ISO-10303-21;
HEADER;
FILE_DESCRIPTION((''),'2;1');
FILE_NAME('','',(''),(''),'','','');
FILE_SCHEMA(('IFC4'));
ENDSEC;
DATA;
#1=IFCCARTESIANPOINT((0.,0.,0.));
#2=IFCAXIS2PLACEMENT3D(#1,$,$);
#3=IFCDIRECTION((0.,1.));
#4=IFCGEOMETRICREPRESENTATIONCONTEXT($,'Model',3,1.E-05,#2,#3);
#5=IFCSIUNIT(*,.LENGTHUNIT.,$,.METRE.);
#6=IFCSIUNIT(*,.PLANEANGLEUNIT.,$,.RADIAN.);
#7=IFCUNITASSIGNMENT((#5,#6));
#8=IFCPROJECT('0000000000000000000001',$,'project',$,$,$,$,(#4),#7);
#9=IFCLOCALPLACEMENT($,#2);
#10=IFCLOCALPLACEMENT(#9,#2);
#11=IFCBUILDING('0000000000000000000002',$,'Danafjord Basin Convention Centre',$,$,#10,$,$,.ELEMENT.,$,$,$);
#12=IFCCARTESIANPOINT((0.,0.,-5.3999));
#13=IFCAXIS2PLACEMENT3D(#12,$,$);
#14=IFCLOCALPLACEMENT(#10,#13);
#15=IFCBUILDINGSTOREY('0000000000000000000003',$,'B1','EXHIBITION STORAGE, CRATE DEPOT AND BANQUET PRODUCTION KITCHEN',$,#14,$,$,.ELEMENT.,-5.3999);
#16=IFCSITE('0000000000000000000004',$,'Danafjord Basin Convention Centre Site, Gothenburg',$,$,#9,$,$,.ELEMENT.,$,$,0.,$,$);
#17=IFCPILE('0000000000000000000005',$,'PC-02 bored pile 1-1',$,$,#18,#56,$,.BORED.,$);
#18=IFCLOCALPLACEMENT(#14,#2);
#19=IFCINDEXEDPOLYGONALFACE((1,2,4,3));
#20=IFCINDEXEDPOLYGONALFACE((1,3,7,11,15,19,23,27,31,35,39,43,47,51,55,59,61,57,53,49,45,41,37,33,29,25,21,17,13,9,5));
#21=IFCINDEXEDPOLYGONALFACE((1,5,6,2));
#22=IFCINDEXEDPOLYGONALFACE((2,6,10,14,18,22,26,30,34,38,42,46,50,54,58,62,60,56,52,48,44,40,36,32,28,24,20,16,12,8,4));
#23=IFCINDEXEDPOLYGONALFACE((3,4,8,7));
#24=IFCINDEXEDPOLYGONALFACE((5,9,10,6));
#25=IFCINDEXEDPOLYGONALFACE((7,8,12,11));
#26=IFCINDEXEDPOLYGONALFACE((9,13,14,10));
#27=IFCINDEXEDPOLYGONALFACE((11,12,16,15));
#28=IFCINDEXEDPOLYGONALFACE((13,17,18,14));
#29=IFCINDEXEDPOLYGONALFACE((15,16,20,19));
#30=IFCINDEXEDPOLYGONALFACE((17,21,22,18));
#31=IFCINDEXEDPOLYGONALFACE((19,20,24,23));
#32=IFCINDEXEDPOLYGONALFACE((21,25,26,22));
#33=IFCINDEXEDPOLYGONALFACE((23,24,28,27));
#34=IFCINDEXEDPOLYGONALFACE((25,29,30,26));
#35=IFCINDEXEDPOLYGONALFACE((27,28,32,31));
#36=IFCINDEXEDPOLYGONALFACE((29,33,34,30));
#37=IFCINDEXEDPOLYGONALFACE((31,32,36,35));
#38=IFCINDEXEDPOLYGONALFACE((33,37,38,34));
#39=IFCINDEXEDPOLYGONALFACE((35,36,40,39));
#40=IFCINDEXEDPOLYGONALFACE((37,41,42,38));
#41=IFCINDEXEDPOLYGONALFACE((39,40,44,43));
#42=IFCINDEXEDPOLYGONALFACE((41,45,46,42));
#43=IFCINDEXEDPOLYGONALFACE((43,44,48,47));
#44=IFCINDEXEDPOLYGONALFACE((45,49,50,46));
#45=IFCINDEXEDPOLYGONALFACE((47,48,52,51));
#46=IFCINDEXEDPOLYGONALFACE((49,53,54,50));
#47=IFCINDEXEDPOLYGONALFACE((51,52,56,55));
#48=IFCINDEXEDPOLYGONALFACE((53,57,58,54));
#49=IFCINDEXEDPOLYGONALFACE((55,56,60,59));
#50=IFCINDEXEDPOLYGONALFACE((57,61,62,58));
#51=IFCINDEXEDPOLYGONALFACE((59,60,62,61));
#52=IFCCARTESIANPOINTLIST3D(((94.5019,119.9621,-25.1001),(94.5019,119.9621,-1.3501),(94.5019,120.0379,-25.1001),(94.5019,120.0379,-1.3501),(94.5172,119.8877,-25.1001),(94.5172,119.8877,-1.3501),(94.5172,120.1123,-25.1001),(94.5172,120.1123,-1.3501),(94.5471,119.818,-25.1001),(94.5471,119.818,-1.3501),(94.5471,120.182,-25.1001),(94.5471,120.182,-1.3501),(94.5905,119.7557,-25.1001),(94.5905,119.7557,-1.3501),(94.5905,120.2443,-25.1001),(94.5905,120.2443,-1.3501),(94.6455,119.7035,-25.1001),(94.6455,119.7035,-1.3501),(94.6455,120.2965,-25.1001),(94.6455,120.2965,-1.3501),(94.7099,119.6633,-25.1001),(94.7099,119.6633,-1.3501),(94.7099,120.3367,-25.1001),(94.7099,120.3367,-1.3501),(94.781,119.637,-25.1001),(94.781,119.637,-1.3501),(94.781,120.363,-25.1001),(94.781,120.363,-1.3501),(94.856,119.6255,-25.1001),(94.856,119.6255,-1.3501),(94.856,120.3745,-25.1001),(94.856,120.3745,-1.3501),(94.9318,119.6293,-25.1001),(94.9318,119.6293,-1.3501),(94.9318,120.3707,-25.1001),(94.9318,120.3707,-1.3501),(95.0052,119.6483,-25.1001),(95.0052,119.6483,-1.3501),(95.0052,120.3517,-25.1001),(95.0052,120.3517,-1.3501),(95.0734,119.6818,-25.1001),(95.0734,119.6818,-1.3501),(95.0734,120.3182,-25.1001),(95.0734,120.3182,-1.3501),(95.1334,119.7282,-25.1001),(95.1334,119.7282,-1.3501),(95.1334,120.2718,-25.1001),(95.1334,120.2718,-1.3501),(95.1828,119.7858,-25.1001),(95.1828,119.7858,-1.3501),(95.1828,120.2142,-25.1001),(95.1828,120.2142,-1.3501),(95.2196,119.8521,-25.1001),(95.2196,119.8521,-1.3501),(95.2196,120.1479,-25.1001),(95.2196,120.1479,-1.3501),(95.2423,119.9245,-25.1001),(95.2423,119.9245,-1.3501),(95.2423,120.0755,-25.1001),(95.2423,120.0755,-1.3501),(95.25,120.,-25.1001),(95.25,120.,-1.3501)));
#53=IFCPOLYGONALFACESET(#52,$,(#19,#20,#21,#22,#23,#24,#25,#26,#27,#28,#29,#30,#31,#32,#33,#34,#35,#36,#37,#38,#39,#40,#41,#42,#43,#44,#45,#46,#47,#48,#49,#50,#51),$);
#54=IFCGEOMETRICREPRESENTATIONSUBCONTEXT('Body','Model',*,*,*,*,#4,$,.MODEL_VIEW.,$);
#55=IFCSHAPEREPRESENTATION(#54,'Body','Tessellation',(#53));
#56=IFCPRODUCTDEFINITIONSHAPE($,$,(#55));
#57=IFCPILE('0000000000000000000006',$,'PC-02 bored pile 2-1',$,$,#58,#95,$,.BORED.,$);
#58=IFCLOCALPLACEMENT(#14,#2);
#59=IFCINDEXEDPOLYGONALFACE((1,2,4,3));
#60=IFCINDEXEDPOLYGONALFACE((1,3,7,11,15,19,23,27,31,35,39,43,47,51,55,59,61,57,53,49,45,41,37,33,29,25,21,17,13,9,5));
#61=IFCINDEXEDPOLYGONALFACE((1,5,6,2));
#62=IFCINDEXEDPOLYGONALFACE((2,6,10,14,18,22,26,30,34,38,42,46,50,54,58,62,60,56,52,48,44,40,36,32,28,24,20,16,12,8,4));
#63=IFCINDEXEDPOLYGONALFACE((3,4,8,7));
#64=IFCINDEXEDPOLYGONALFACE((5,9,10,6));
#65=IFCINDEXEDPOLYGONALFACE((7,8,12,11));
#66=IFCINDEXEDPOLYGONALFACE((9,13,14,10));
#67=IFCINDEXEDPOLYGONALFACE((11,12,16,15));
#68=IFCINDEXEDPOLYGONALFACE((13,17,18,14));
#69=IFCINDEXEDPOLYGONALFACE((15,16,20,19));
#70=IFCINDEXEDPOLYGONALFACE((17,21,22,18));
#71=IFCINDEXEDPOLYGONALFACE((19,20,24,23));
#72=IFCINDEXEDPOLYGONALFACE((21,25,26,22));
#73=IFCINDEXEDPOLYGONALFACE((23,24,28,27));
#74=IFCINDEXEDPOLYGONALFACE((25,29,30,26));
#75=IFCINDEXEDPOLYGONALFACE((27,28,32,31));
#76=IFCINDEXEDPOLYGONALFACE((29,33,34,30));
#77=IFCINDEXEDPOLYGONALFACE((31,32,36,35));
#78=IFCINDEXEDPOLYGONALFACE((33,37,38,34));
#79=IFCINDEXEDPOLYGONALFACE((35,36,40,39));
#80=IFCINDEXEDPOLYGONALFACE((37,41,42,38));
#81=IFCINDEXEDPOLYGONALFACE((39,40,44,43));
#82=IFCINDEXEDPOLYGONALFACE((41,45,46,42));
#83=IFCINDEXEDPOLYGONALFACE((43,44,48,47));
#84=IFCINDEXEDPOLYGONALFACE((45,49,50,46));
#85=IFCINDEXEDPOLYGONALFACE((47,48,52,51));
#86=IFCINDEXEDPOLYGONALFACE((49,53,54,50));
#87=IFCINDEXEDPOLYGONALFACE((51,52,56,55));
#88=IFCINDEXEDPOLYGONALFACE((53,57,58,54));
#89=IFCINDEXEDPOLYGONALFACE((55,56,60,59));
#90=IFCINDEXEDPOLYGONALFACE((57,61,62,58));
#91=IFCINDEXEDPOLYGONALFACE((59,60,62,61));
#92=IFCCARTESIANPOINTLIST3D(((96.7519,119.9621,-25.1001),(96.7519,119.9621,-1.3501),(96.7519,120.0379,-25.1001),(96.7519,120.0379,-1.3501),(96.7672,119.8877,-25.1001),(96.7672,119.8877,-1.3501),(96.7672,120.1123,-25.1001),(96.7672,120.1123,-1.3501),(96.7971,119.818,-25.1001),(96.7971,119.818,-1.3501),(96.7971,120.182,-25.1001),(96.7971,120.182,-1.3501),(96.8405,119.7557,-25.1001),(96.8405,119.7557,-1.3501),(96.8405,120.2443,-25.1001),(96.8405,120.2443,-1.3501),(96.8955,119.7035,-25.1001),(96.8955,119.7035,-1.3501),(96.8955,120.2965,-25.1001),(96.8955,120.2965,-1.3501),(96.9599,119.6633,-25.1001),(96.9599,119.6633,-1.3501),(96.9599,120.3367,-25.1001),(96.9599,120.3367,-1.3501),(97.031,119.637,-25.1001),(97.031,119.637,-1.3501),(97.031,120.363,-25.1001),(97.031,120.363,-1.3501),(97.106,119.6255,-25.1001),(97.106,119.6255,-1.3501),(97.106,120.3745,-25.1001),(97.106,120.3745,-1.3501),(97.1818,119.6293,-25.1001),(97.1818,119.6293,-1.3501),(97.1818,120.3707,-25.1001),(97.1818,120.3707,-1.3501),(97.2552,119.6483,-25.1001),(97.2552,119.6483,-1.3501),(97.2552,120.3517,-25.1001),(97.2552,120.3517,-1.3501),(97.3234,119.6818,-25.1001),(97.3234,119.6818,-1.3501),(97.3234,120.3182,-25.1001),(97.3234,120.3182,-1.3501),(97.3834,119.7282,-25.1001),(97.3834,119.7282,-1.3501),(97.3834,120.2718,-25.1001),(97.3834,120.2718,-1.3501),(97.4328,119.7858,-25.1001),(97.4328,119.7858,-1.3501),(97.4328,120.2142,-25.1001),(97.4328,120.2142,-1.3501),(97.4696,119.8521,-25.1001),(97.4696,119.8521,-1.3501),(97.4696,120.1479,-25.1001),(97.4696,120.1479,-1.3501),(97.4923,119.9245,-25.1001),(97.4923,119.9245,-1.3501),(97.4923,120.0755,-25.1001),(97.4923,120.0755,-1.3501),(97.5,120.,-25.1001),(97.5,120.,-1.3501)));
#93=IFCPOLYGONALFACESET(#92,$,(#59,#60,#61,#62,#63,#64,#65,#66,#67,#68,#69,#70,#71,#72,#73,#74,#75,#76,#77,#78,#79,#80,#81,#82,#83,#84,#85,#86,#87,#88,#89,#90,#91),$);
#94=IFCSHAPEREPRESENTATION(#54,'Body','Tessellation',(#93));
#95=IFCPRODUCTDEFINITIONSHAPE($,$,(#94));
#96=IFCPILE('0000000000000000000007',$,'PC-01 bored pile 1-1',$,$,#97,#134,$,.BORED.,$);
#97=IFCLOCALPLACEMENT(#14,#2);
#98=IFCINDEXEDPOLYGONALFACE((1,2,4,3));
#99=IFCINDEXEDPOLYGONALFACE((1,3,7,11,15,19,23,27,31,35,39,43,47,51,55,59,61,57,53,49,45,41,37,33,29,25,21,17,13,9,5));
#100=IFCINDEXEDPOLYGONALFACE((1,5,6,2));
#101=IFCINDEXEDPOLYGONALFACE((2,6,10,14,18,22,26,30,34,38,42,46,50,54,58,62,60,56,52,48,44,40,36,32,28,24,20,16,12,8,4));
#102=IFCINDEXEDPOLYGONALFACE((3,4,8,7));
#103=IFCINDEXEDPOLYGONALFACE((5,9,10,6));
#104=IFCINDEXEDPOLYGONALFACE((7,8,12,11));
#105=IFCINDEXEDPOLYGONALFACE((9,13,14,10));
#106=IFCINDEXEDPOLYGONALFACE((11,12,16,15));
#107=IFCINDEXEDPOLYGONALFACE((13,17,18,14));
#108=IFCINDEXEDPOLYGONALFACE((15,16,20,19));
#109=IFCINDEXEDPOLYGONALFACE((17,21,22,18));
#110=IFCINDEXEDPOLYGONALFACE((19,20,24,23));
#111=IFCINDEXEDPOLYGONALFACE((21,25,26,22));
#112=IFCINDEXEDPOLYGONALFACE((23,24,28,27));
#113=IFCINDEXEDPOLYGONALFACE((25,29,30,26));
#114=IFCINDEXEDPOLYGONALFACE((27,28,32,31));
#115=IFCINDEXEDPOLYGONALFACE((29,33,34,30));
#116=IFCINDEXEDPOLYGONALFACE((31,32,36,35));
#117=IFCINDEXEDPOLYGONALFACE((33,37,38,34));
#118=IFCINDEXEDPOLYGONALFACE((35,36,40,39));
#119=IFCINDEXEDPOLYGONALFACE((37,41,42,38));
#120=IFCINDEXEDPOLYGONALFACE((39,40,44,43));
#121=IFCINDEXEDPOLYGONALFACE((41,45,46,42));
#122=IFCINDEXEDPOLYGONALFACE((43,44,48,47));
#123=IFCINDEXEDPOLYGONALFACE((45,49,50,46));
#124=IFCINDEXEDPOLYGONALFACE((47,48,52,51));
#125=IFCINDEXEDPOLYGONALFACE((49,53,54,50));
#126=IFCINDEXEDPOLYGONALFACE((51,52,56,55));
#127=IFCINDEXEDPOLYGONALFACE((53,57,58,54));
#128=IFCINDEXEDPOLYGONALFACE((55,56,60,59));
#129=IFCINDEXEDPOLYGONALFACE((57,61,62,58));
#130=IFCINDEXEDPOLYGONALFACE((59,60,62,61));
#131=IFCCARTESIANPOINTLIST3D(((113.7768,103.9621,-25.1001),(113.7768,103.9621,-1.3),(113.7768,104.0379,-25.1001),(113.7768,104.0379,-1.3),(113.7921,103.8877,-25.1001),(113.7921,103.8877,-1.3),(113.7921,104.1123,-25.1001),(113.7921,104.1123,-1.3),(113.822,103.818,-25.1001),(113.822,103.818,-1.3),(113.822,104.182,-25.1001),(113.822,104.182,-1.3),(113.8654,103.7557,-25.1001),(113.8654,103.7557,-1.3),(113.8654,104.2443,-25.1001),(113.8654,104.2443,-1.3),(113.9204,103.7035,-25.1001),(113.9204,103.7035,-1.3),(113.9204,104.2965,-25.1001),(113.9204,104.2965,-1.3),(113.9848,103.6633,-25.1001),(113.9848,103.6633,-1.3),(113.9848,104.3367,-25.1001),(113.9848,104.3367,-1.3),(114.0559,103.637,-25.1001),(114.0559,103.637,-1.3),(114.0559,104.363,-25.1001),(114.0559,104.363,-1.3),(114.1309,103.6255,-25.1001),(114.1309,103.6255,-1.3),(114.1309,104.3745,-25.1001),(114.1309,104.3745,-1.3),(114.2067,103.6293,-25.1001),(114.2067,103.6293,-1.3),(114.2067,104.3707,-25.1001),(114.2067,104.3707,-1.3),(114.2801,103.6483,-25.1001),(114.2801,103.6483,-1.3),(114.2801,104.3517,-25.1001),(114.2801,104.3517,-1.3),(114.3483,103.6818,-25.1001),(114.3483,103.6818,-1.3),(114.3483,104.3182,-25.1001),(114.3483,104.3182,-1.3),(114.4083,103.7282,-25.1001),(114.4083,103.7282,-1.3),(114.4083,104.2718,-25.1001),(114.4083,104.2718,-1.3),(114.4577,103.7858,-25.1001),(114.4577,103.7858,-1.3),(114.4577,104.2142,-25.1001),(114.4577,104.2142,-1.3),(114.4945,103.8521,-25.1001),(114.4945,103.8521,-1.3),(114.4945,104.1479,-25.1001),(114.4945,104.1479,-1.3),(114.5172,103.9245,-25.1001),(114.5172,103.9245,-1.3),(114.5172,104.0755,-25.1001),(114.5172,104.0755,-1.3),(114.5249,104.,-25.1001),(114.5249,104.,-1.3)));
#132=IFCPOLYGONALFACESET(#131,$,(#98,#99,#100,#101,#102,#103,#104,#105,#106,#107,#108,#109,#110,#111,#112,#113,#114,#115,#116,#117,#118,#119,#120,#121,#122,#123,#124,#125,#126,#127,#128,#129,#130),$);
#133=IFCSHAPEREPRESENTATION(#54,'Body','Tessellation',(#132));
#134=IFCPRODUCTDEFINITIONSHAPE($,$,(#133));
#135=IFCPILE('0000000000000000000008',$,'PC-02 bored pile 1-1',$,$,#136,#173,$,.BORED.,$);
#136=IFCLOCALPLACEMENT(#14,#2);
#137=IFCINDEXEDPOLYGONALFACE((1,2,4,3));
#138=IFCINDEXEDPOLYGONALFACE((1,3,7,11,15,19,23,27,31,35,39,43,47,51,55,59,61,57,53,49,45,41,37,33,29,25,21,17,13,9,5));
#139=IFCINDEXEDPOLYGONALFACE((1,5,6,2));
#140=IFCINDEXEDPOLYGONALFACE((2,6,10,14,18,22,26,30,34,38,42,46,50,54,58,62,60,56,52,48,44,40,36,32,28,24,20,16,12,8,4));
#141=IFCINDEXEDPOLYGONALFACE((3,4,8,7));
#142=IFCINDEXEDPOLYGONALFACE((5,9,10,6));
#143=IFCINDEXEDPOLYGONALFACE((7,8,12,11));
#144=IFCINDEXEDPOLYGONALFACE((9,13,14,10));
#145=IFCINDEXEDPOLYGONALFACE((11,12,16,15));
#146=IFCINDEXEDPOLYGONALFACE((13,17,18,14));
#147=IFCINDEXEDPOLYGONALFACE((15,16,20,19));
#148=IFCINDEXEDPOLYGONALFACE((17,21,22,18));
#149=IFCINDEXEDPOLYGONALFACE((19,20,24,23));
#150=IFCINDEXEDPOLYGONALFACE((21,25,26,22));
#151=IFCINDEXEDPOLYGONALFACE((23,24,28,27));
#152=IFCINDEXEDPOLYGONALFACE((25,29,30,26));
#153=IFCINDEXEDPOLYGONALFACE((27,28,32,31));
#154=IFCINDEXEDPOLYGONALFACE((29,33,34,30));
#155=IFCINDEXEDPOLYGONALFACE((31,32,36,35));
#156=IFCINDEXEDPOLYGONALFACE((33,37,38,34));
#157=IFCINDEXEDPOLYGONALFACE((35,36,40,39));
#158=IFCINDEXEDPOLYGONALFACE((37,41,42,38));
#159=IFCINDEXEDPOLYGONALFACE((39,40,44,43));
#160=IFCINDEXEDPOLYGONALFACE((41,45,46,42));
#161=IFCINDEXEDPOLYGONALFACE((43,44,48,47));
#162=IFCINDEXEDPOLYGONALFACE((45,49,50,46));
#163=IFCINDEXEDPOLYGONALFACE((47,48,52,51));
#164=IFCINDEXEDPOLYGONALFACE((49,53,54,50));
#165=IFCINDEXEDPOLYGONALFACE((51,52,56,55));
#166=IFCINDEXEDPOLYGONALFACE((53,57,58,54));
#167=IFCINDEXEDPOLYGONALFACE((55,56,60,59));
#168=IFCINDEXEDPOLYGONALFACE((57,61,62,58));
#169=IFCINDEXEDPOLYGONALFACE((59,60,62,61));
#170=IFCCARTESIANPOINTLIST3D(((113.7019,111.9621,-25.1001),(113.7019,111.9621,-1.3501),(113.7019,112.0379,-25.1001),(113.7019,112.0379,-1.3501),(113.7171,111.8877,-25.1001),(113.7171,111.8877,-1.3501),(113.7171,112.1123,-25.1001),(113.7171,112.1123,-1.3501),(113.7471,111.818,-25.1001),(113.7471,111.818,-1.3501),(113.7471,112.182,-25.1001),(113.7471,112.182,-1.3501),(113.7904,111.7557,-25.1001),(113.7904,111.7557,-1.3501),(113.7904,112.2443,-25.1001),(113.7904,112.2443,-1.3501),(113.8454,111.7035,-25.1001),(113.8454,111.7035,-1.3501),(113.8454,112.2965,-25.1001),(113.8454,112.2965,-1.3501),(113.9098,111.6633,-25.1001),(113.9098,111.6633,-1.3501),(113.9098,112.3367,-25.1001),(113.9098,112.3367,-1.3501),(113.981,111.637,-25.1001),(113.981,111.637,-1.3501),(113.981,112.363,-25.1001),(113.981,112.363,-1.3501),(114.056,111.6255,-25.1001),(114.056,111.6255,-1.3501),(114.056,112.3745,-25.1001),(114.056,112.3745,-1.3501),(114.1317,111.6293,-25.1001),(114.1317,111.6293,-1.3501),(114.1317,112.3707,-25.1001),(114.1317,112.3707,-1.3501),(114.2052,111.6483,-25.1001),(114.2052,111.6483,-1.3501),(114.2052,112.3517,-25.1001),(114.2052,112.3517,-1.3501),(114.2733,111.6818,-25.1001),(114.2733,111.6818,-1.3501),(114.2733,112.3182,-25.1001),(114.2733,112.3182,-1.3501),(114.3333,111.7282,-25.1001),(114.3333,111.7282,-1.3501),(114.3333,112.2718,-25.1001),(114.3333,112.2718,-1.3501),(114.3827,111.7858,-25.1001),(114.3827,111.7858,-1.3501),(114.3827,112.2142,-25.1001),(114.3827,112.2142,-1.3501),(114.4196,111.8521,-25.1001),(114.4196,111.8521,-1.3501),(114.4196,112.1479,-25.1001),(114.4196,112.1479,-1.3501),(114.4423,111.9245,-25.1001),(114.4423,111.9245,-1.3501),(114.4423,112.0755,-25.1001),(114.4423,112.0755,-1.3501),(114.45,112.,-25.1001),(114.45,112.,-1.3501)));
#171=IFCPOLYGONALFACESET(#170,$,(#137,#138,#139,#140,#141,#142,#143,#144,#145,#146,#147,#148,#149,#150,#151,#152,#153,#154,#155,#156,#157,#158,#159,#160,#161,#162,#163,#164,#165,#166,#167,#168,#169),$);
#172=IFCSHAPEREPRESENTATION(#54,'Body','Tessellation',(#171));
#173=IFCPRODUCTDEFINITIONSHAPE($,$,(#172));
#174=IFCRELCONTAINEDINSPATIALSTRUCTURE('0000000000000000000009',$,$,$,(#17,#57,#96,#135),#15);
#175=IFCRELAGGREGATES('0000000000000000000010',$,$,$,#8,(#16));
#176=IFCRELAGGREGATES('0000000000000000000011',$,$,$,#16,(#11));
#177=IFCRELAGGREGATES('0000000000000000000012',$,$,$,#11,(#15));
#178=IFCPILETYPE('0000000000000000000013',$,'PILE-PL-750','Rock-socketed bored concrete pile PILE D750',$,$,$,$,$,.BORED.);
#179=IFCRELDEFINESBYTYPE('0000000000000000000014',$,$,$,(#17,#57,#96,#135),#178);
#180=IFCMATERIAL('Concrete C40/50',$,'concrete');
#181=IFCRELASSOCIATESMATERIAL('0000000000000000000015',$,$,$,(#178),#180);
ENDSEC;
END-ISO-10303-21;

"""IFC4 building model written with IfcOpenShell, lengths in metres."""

from ifc_helpers import new_model, si_unit, direction, frame, origin, origin_2d, place, context, subcontext, project, spatial, circle, extrude, material, material_profile, profile_set, type_object, element, save


model = new_model("IFC4")

# Units and contexts
model_context = context("Model", 3, precision=1e-05, world=origin(), true_north=direction((0.0, 1.0)))
body_context = subcontext(model_context, "Body", "Model", "MODEL_VIEW")
ifc_project = project(units=[si_unit("LENGTHUNIT", "METRE"), si_unit("PLANEANGLEUNIT", "RADIAN")], contexts=[model_context])

# Site, building, storey
site_placement = place(None, origin())
site = spatial("IfcSite", under=ifc_project, at=site_placement, Name="Danafjord Basin Convention Centre Site, Gothenburg", CompositionType="ELEMENT", RefElevation=0.0)
building_placement = place(site_placement, origin())
building = spatial("IfcBuilding", under=site, at=building_placement, Name="Danafjord Basin Convention Centre", CompositionType="ELEMENT")
storey_placement = place(building_placement, frame((0.0, 0.0, -5.3999)))
storey = spatial("IfcBuildingStorey", under=building, at=storey_placement, Name="B1", Description="EXHIBITION STORAGE, CRATE DEPOT AND BANQUET PRODUCTION KITCHEN", CompositionType="ELEMENT", Elevation=-5.3999)

# Shared definitions
ifc_material_1 = material(Name="Concrete C40/50", Category="concrete")

# Piles
ifc_material_profile_1 = material_profile(ifc_material_1, circle(Radius=0.375, at=origin_2d()), Name="PILE D750")
ifc_profile_set_1 = profile_set([ifc_material_profile_1], Name="Concrete C40/50")
pile_type_1 = type_object("IfcPileType", Name="PILE-PL-750", Description="Rock-socketed bored concrete pile PILE D750", PredefinedType="BORED", material=ifc_profile_set_1)
for number, where, z_axis, x_axis, name in (
    (1, (94.875, 120.0, -1.3501), (0.0, 0.0, -1.0), (1.0, 0.0, 0.0), "PC-02 bored pile 1-1"),
    (2, (97.125, 120.0, -1.3501), (0.0, 0.0, -1.0), (1.0, 0.0, 0.0), "PC-02 bored pile 2-1"),
):
    element("IfcPile", number, at=place(storey_placement, frame(where, z_axis=z_axis, x_axis=x_axis)), inside=storey, type_object=pile_type_1, Name=name, PredefinedType="BORED", context=body_context, shape_type="SweptSolid", body=[
        extrude(circle(Radius=0.375, at=origin_2d()), origin(), (0.0, 0.0, 1.0), 23.75),
    ])
pile_1_placement = place(storey_placement, frame((114.1499, 104.0, -1.3), z_axis=(0.0, 0.0, -1.0), x_axis=(1.0, 0.0, 0.0)))
element("IfcPile", 3, at=pile_1_placement, inside=storey, type_object=pile_type_1, Name="PC-01 bored pile 1-1", PredefinedType="BORED", context=body_context, shape_type="SweptSolid", body=[
    extrude(circle(Radius=0.375, at=origin_2d()), origin(), (0.0, 0.0, 1.0), 23.8),
])
pile_2_placement = place(storey_placement, frame((114.075, 112.0, -1.3501), z_axis=(0.0, 0.0, -1.0), x_axis=(1.0, 0.0, 0.0)))
element("IfcPile", 4, at=pile_2_placement, inside=storey, type_object=pile_type_1, Name="PC-02 bored pile 1-1", PredefinedType="BORED", context=body_context, shape_type="SweptSolid", body=[
    extrude(circle(Radius=0.375, at=origin_2d()), origin(), (0.0, 0.0, 1.0), 23.75),
])

save(model, "model.ifc")
